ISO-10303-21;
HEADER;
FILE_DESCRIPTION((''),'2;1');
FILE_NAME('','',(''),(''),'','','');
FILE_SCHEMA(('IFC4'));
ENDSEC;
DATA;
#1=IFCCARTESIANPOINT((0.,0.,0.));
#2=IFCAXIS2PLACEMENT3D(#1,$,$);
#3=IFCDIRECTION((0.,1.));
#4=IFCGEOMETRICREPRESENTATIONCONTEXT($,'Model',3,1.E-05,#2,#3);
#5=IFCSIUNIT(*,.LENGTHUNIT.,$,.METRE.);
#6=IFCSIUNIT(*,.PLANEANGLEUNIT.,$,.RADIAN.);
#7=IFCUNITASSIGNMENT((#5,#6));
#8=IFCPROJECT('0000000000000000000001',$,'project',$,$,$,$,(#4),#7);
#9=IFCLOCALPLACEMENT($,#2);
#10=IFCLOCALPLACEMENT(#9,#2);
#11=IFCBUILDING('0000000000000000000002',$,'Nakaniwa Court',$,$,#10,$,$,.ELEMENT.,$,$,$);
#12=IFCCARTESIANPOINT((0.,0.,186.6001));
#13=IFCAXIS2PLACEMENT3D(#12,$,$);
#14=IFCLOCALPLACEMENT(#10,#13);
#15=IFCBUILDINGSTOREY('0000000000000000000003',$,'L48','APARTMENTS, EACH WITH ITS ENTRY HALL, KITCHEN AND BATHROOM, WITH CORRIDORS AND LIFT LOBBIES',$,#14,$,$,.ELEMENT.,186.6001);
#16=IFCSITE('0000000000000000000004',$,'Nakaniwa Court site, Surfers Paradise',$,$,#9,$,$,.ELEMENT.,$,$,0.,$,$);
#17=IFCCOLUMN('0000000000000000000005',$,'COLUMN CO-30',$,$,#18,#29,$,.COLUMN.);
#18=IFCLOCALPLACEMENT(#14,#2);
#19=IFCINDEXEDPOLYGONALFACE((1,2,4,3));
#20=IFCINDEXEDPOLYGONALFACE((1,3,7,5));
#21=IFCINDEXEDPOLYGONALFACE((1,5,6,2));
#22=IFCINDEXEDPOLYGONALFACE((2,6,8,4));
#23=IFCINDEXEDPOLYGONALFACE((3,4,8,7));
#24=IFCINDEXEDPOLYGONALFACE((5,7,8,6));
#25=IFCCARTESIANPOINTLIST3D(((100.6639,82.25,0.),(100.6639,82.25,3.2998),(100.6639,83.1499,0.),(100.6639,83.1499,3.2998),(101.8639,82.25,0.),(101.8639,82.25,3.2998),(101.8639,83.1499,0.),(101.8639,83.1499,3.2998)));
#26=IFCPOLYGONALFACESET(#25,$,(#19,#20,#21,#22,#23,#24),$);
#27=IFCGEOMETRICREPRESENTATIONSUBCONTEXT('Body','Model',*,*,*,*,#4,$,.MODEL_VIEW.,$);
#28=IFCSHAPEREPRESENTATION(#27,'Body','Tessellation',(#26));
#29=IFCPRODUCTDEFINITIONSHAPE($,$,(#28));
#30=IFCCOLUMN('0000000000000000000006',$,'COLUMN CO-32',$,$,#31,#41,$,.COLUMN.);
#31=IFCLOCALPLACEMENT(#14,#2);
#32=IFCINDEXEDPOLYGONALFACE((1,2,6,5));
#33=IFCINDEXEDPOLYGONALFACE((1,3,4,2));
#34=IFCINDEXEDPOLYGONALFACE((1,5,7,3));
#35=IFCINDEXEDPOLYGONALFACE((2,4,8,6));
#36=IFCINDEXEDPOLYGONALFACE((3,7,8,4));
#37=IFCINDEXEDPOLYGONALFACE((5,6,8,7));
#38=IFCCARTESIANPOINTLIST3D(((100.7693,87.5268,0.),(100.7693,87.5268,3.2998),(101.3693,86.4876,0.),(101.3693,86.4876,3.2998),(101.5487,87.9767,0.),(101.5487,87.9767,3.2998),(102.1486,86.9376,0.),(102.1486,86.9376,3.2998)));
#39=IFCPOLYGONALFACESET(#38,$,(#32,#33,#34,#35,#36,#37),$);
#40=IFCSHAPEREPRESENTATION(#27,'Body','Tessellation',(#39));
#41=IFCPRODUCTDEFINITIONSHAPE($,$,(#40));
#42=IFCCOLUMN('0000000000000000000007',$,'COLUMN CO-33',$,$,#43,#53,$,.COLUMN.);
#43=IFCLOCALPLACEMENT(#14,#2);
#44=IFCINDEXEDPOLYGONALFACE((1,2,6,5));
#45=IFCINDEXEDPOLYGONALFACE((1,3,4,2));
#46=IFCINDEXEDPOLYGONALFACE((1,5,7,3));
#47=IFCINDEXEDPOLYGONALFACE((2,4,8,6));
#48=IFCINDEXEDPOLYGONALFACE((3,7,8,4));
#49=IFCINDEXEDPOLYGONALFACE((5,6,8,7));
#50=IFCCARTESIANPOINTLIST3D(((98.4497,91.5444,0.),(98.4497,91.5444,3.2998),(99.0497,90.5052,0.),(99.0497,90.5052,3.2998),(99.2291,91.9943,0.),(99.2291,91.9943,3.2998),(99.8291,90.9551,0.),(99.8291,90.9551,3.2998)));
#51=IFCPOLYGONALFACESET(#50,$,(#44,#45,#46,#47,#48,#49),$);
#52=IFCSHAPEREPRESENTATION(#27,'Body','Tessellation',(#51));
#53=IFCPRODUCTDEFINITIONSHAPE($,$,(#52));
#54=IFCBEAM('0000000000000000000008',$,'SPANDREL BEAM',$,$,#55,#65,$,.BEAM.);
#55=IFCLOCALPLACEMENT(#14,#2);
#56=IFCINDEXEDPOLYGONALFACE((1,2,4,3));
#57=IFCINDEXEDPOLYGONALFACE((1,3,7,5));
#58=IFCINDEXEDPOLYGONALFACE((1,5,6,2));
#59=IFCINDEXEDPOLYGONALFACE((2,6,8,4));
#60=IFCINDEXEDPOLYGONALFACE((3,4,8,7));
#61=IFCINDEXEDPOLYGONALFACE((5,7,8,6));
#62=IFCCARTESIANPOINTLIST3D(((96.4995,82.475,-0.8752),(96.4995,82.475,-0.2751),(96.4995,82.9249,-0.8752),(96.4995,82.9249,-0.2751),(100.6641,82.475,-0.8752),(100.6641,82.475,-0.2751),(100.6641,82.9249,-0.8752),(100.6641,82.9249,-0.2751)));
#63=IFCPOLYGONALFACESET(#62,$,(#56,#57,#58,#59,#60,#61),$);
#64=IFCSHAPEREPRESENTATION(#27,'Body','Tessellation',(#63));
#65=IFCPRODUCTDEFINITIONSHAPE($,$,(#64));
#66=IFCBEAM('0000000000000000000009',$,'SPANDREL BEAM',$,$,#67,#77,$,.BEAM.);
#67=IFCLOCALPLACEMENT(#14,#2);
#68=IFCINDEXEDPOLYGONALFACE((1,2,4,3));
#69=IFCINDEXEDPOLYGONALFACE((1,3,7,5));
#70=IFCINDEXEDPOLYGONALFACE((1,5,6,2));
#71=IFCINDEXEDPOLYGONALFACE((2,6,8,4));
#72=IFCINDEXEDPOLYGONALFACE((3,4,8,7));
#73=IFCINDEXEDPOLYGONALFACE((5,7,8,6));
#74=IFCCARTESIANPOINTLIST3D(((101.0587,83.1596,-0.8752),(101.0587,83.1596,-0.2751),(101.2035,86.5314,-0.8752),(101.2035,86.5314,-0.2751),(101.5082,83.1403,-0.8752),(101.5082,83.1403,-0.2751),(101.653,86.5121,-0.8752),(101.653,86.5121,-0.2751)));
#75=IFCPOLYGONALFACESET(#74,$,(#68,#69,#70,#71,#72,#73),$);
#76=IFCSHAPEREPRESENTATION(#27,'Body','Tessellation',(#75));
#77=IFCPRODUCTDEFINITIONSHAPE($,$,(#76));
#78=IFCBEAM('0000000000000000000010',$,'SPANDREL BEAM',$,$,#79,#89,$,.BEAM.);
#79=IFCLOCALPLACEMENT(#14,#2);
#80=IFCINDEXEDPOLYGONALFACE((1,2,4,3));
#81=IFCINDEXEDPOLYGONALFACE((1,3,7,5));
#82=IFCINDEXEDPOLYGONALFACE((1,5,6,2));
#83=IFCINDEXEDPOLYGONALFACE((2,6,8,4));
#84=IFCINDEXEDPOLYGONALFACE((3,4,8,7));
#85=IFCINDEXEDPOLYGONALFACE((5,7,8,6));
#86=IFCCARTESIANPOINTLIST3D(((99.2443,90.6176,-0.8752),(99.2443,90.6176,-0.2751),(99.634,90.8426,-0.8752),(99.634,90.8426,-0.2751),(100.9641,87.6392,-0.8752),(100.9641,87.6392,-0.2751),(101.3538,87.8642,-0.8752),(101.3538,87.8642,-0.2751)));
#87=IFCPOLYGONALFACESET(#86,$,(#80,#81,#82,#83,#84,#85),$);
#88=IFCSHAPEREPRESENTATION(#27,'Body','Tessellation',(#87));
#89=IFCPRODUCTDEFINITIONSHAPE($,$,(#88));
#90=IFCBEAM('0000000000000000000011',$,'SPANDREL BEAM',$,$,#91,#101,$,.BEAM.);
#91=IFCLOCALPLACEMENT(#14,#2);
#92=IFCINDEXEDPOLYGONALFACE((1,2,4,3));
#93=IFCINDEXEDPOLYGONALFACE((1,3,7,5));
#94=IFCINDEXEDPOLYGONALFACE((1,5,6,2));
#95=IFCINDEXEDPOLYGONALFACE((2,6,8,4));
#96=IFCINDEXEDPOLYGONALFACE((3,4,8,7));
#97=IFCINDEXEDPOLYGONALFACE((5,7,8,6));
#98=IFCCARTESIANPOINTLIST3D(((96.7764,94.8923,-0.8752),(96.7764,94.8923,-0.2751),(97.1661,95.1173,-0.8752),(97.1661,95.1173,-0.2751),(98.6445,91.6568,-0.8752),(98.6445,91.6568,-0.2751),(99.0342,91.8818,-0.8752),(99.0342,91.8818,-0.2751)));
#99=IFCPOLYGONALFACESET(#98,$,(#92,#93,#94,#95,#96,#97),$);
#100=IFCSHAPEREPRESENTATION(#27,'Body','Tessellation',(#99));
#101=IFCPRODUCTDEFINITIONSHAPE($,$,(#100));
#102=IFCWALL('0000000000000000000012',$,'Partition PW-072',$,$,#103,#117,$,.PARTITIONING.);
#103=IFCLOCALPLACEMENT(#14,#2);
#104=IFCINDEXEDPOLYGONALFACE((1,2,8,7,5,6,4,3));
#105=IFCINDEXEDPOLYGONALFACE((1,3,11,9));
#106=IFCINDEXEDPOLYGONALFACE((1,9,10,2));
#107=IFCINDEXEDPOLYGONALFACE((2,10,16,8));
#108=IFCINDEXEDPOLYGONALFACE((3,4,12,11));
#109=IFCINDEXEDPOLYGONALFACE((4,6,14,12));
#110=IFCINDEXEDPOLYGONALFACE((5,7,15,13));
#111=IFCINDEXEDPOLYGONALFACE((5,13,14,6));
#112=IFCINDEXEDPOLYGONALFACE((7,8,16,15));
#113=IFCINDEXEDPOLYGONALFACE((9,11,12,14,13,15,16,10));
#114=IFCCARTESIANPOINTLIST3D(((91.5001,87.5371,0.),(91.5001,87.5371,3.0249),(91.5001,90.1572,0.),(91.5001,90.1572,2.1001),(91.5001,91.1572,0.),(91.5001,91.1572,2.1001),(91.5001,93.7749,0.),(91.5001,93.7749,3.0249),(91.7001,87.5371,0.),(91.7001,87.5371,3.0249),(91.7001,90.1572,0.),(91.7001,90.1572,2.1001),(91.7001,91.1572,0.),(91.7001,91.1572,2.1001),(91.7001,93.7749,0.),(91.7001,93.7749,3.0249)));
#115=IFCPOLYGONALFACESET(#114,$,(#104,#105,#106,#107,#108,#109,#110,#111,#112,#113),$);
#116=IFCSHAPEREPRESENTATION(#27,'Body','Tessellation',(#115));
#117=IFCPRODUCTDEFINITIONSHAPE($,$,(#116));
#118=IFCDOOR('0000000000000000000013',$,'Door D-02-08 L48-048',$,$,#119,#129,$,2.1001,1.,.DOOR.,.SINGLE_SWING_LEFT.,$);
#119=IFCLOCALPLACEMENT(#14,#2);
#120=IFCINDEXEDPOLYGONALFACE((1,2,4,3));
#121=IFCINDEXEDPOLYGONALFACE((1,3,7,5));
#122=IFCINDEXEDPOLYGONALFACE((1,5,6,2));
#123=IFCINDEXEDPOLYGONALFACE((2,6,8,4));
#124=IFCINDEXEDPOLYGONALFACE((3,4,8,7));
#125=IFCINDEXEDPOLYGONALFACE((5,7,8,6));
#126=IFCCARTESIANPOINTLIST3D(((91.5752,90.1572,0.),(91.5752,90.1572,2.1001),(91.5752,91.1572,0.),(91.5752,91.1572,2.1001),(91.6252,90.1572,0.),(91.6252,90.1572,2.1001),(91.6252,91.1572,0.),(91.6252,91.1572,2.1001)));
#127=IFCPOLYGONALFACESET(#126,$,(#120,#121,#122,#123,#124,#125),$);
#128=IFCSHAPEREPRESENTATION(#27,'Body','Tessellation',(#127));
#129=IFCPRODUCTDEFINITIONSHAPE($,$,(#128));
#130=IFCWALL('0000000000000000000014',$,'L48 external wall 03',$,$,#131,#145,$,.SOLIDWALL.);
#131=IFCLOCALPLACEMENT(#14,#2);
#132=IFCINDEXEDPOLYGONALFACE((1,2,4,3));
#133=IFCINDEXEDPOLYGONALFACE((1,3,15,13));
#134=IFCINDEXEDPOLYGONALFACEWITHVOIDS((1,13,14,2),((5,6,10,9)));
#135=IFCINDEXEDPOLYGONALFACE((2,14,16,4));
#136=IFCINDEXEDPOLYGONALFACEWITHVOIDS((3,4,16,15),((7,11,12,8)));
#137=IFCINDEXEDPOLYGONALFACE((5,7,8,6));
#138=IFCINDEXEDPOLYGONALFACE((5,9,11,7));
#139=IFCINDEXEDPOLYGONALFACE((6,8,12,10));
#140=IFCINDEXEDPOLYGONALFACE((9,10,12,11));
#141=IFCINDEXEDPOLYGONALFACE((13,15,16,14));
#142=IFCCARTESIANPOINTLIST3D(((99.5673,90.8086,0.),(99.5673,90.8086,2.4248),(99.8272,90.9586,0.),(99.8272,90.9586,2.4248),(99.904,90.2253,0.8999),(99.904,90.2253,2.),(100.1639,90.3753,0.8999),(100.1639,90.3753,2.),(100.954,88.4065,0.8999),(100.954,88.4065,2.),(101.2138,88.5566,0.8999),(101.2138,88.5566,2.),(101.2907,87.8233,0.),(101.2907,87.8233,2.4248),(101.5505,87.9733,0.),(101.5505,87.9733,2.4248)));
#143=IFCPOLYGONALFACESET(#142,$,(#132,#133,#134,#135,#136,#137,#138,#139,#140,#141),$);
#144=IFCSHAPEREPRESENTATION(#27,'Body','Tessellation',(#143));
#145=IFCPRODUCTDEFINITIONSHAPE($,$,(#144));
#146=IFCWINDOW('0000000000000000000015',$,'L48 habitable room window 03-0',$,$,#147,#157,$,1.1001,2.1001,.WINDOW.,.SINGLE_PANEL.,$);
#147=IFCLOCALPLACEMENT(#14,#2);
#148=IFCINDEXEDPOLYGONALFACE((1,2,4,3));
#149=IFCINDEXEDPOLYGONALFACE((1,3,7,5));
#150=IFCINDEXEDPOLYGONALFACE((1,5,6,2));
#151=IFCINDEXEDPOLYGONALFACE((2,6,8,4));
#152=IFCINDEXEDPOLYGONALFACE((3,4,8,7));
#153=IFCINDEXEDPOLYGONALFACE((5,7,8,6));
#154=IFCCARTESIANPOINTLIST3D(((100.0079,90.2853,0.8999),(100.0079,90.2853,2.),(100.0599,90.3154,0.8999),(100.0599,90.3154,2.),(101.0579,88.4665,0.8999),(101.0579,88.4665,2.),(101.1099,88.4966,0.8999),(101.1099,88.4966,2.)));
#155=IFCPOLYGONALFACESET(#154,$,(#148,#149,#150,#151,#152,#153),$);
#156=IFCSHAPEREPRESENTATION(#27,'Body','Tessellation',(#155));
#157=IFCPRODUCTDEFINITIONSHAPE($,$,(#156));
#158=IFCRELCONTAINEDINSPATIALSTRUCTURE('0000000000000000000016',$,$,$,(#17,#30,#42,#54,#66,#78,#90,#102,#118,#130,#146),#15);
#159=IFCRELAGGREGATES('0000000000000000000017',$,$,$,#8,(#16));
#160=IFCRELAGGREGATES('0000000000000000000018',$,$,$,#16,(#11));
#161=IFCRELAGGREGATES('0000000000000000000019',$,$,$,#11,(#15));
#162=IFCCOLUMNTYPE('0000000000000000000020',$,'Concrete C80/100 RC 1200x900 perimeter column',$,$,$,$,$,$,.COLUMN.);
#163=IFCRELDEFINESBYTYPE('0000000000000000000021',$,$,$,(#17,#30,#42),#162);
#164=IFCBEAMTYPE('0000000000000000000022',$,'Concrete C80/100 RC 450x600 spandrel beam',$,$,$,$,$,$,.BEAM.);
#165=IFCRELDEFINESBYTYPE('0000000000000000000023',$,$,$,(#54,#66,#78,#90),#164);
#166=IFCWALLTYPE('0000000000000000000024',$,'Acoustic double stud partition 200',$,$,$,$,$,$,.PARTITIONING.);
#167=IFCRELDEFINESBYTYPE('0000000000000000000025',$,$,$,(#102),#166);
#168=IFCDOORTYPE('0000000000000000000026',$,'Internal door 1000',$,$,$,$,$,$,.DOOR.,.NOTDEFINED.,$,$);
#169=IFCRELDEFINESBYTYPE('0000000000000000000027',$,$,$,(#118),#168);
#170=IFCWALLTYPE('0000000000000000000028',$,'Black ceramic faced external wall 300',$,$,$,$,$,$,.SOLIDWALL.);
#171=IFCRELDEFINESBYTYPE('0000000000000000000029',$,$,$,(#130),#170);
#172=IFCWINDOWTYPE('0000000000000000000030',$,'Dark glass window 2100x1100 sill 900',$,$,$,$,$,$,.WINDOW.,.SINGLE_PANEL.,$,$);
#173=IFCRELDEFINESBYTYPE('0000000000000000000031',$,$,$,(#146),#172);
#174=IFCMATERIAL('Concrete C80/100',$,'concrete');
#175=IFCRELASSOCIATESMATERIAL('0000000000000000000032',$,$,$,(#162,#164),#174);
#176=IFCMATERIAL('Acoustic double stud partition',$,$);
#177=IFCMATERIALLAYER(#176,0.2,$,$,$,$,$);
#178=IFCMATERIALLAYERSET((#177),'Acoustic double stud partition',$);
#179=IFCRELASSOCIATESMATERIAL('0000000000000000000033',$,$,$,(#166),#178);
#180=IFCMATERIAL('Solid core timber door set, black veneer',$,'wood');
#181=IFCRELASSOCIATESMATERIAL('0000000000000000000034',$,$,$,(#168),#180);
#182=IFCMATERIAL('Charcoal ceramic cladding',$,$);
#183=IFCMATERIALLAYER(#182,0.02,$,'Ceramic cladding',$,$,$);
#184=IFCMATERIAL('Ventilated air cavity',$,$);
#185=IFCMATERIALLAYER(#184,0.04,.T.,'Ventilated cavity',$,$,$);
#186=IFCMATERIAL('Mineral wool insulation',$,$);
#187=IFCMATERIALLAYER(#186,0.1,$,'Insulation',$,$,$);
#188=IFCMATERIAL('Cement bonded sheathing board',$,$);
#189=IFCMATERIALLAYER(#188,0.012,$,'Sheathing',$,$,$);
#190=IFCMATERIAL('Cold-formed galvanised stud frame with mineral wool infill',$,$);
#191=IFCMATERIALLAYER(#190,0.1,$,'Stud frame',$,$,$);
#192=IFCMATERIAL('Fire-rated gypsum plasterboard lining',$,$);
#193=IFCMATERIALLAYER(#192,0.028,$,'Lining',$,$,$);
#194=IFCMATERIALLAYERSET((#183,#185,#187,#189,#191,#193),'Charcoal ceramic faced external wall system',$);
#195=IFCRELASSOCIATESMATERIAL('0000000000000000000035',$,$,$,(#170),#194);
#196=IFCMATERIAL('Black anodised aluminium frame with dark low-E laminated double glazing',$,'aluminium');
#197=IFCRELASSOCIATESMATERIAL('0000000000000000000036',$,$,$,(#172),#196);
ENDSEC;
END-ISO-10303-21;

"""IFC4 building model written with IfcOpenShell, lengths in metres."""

from ifc_helpers import new_model, si_unit, direction, frame, frame_2d, origin, origin_2d, place, context, subcontext, project, spatial, rectangle, extrude, material, layer, layer_set, material_profile, profile_set, type_object, element, fill, save


model = new_model("IFC4")

# Units and contexts
model_context = context("Model", 3, precision=1e-05, world=origin(), true_north=direction((0.0, 1.0)))
body_context = subcontext(model_context, "Body", "Model", "MODEL_VIEW")
ifc_project = project(units=[si_unit("LENGTHUNIT", "METRE"), si_unit("PLANEANGLEUNIT", "RADIAN")], contexts=[model_context])

# Site, building, storey
site_placement = place(None, origin())
site = spatial("IfcSite", under=ifc_project, at=site_placement, Name="Nakaniwa Court site, Surfers Paradise", CompositionType="ELEMENT", RefElevation=0.0)
building_placement = place(site_placement, origin())
building = spatial("IfcBuilding", under=site, at=building_placement, Name="Nakaniwa Court", CompositionType="ELEMENT")
storey_placement = place(building_placement, frame((0.0, 0.0, 186.6001)))
storey = spatial("IfcBuildingStorey", under=building, at=storey_placement, Name="L48", Description="APARTMENTS, EACH WITH ITS ENTRY HALL, KITCHEN AND BATHROOM, WITH CORRIDORS AND LIFT LOBBIES", CompositionType="ELEMENT", Elevation=186.6001)

# Columns
ifc_material_1 = material(Name="Concrete C80/100", Category="concrete")
ifc_material_profile_1 = material_profile(ifc_material_1, rectangle(XDim=1.2, YDim=0.8999, at=origin_2d()), Name="Concrete C80/100 RC 1200x900 perimeter column")
ifc_profile_set_1 = profile_set([ifc_material_profile_1], Name="Concrete C80/100")
column_type = type_object("IfcColumnType", Name="Concrete C80/100 RC 1200x900 perimeter column", PredefinedType="COLUMN", material=ifc_profile_set_1)
for number, where, z_axis, x_axis, name in (
    (1, (101.2639, 82.7, 0.0), (0.0, 0.0, 1.0), (1.0, 0.0, 0.0), "COLUMN CO-30"),
    (2, (101.459, 87.2322, 0.0), (0.0, 0.0, 1.0), (-0.5, 0.866025, 0.0), "COLUMN CO-32"),
    (3, (99.1394, 91.2498, 0.0), (0.0, 0.0, 1.0), (-0.5, 0.866025, 0.0), "COLUMN CO-33"),
):
    element("IfcColumn", number, at=place(storey_placement, frame(where, z_axis=z_axis, x_axis=x_axis)), inside=storey, type_object=column_type, Name=name, PredefinedType="COLUMN", context=body_context, shape_type="SweptSolid", body=[
        extrude(rectangle(XDim=1.2, YDim=0.8999, at=origin_2d()), origin(), (0.0, 0.0, 1.0), 3.2998),
    ])

# Beams
ifc_material_profile_2 = material_profile(ifc_material_1, rectangle(XDim=0.45, YDim=0.6001, at=origin_2d()), Name="Concrete C80/100 RC 450x600 spandrel beam")
ifc_profile_set_2 = profile_set([ifc_material_profile_2], Name="Concrete C80/100")
beam_type = type_object("IfcBeamType", Name="Concrete C80/100 RC 450x600 spandrel beam", PredefinedType="BEAM", material=ifc_profile_set_2)
beam_1_placement = place(storey_placement, frame((96.4995, 82.7, -0.5752), z_axis=(1.0, 0.0, 0.0), x_axis=(0.0, 1.0, 0.0)))
element("IfcBeam", 4, at=beam_1_placement, inside=storey, type_object=beam_type, Name="SPANDREL BEAM", PredefinedType="BEAM", context=body_context, shape_type="SweptSolid", body=[
    extrude(rectangle(XDim=0.45, YDim=0.6001, at=origin_2d()), origin(), (0.0, 0.0, 1.0), 4.1646),
])
beam_2_placement = place(storey_placement, frame((101.2834, 83.1499, -0.5752), z_axis=(0.042897, 0.999079, 0.0), x_axis=(-0.999079, 0.042897, 0.0)))
element("IfcBeam", 5, at=beam_2_placement, inside=storey, type_object=beam_type, Name="SPANDREL BEAM", PredefinedType="BEAM", context=body_context, shape_type="SweptSolid", body=[
    extrude(rectangle(XDim=0.45, YDim=0.6001, at=origin_2d()), origin(), (0.0, 0.0, 1.0), 3.375),
])
beam_3_placement = place(storey_placement, frame((101.1589, 87.7517, -0.5752), z_axis=(-0.500048, 0.865998, 0.0), x_axis=(-0.865998, -0.500048, 0.0)))
element("IfcBeam", 6, at=beam_3_placement, inside=storey, type_object=beam_type, Name="SPANDREL BEAM", PredefinedType="BEAM", context=body_context, shape_type="SweptSolid", body=[
    extrude(rectangle(XDim=0.45, YDim=0.6001, at=origin_2d()), origin(), (0.0, 0.0, 1.0), 3.4392),
])
beam_4_placement = place(storey_placement, frame((98.8394, 91.7693, -0.5752), z_axis=(-0.500018, 0.866015, 0.0), x_axis=(-0.866015, -0.500018, 0.0)))
element("IfcBeam", 7, at=beam_4_placement, inside=storey, type_object=beam_type, Name="SPANDREL BEAM", PredefinedType="BEAM", context=body_context, shape_type="SweptSolid", body=[
    extrude(rectangle(XDim=0.45, YDim=0.6001, at=origin_2d()), origin(), (0.0, 0.0, 1.0), 3.7361),
])

# Wall, opening, door
ifc_material_2 = material(Name="Acoustic double stud partition")
ifc_layer_1 = layer(ifc_material_2, 0.2)
ifc_layer_set_1 = layer_set([ifc_layer_1], Name="Acoustic double stud partition")
wall_type_1 = type_object("IfcWallType", Name="Acoustic double stud partition 200", PredefinedType="PARTITIONING", material=ifc_layer_set_1)
wall_1_placement = place(storey_placement, frame((91.6001, 87.5371, 0.0), z_axis=(0.0, 0.0, 1.0), x_axis=(0.0, 1.0, 0.0)))
wall_1 = element("IfcWall", 8, at=wall_1_placement, inside=storey, type_object=wall_type_1, Name="Partition PW-072", PredefinedType="PARTITIONING", context=body_context, shape_type="SweptSolid", body=[
    extrude(rectangle(XDim=6.2378, YDim=0.2, at=frame_2d((3.1189, 0.0))), origin(), (0.0, 0.0, 1.0), 3.0249),
])
opening_1_placement = place(wall_1_placement, frame((2.6201, 0.0, 0.0)))
opening_1 = element("IfcOpeningElement", 9, at=opening_1_placement, cuts=wall_1, PredefinedType="OPENING", context=body_context, shape_type="SweptSolid", body=[
    extrude(rectangle(XDim=1.0, YDim=2.1001, at=frame_2d((0.5, 1.05))), frame((0.0, 0.1099, 0.0), z_axis=(0.0, -1.0, 0.0), x_axis=(1.0, 0.0, 0.0)), (0.0, 0.0, 1.0), 0.22),
])
ifc_material_3 = material(Name="Solid core timber door set, black veneer", Category="wood")
door_type_1 = type_object("IfcDoorType", Name="Internal door 1000", OperationType="NOTDEFINED", PredefinedType="DOOR", material=ifc_material_3)
door_1_placement = place(opening_1_placement, origin())
door_1 = element("IfcDoor", 10, at=door_1_placement, inside=storey, type_object=door_type_1, Name="Door D-02-08 L48-048", OperationType="SINGLE_SWING_LEFT", OverallHeight=2.1001, OverallWidth=1.0, PredefinedType="DOOR", context=body_context, shape_type="SweptSolid", body=[
    extrude(rectangle(XDim=1.0, YDim=2.1001, at=frame_2d((0.5, 1.05))), frame((0.0, 0.0249, 0.0), z_axis=(0.0, -1.0, 0.0), x_axis=(1.0, 0.0, 0.0)), (0.0, 0.0, 1.0), 0.05),
])
fill(opening_1, door_1)

# Wall, opening, window
ifc_material_4 = material(Name="Charcoal ceramic cladding")
ifc_layer_2 = layer(ifc_material_4, 0.02, Name="Ceramic cladding")
ifc_material_5 = material(Name="Ventilated air cavity")
ifc_layer_3 = layer(ifc_material_5, 0.04, ventilated=True, Name="Ventilated cavity")
ifc_material_6 = material(Name="Mineral wool insulation")
ifc_layer_4 = layer(ifc_material_6, 0.1, Name="Insulation")
ifc_material_7 = material(Name="Cement bonded sheathing board")
ifc_layer_5 = layer(ifc_material_7, 0.012, Name="Sheathing")
ifc_material_8 = material(Name="Cold-formed galvanised stud frame with mineral wool infill")
ifc_layer_6 = layer(ifc_material_8, 0.1, Name="Stud frame")
ifc_material_9 = material(Name="Fire-rated gypsum plasterboard lining")
ifc_layer_7 = layer(ifc_material_9, 0.028, Name="Lining")
ifc_layer_set_2 = layer_set([ifc_layer_2, ifc_layer_3, ifc_layer_4, ifc_layer_5, ifc_layer_6, ifc_layer_7], Name="Charcoal ceramic faced external wall system")
wall_type_2 = type_object("IfcWallType", Name="Black ceramic faced external wall 300", PredefinedType="SOLIDWALL", material=ifc_layer_set_2)
wall_2_placement = place(storey_placement, frame((101.4207, 87.8982, 0.0), z_axis=(0.0, 0.0, 1.0), x_axis=(-0.499955, 0.866051, 0.0)))
wall_2 = element("IfcWall", 11, at=wall_2_placement, inside=storey, type_object=wall_type_2, Name="L48 external wall 03", PredefinedType="SOLIDWALL", context=body_context, shape_type="SweptSolid", body=[
    extrude(rectangle(XDim=3.447, YDim=0.3, at=frame_2d((1.7236, 0.0))), origin(), (0.0, 0.0, 1.0), 2.4248),
])
opening_2_placement = place(wall_2_placement, frame((0.6736, 0.0, 0.8999)))
opening_2 = element("IfcOpeningElement", 12, at=opening_2_placement, cuts=wall_2, PredefinedType="OPENING", context=body_context, shape_type="SweptSolid", body=[
    extrude(rectangle(XDim=2.1001, YDim=1.1001, at=frame_2d((1.05, 0.55))), frame((0.0, 0.1599, 0.0), z_axis=(0.0, -1.0, 0.0), x_axis=(1.0, 0.0, 0.0)), (0.0, 0.0, 1.0), 0.3201),
])
ifc_material_10 = material(Name="Black anodised aluminium frame with dark low-E laminated double glazing", Category="aluminium")
window_type = type_object("IfcWindowType", Name="Dark glass window 2100x1100 sill 900", PartitioningType="SINGLE_PANEL", PredefinedType="WINDOW", material=ifc_material_10)
window_1_placement = place(opening_2_placement, origin())
window_1 = element("IfcWindow", 13, at=window_1_placement, inside=storey, type_object=window_type, Name="L48 habitable room window 03-0", OverallHeight=1.1001, OverallWidth=2.1001, PartitioningType="SINGLE_PANEL", PredefinedType="WINDOW", context=body_context, shape_type="SweptSolid", body=[
    extrude(rectangle(XDim=2.1001, YDim=1.1001, at=frame_2d((1.05, 0.55))), frame((0.0, 0.03, 0.0), z_axis=(0.0, -1.0, 0.0), x_axis=(1.0, 0.0, 0.0)), (0.0, 0.0, 1.0), 0.0601),
])
fill(opening_2, window_1)

save(model, "model.ifc")
